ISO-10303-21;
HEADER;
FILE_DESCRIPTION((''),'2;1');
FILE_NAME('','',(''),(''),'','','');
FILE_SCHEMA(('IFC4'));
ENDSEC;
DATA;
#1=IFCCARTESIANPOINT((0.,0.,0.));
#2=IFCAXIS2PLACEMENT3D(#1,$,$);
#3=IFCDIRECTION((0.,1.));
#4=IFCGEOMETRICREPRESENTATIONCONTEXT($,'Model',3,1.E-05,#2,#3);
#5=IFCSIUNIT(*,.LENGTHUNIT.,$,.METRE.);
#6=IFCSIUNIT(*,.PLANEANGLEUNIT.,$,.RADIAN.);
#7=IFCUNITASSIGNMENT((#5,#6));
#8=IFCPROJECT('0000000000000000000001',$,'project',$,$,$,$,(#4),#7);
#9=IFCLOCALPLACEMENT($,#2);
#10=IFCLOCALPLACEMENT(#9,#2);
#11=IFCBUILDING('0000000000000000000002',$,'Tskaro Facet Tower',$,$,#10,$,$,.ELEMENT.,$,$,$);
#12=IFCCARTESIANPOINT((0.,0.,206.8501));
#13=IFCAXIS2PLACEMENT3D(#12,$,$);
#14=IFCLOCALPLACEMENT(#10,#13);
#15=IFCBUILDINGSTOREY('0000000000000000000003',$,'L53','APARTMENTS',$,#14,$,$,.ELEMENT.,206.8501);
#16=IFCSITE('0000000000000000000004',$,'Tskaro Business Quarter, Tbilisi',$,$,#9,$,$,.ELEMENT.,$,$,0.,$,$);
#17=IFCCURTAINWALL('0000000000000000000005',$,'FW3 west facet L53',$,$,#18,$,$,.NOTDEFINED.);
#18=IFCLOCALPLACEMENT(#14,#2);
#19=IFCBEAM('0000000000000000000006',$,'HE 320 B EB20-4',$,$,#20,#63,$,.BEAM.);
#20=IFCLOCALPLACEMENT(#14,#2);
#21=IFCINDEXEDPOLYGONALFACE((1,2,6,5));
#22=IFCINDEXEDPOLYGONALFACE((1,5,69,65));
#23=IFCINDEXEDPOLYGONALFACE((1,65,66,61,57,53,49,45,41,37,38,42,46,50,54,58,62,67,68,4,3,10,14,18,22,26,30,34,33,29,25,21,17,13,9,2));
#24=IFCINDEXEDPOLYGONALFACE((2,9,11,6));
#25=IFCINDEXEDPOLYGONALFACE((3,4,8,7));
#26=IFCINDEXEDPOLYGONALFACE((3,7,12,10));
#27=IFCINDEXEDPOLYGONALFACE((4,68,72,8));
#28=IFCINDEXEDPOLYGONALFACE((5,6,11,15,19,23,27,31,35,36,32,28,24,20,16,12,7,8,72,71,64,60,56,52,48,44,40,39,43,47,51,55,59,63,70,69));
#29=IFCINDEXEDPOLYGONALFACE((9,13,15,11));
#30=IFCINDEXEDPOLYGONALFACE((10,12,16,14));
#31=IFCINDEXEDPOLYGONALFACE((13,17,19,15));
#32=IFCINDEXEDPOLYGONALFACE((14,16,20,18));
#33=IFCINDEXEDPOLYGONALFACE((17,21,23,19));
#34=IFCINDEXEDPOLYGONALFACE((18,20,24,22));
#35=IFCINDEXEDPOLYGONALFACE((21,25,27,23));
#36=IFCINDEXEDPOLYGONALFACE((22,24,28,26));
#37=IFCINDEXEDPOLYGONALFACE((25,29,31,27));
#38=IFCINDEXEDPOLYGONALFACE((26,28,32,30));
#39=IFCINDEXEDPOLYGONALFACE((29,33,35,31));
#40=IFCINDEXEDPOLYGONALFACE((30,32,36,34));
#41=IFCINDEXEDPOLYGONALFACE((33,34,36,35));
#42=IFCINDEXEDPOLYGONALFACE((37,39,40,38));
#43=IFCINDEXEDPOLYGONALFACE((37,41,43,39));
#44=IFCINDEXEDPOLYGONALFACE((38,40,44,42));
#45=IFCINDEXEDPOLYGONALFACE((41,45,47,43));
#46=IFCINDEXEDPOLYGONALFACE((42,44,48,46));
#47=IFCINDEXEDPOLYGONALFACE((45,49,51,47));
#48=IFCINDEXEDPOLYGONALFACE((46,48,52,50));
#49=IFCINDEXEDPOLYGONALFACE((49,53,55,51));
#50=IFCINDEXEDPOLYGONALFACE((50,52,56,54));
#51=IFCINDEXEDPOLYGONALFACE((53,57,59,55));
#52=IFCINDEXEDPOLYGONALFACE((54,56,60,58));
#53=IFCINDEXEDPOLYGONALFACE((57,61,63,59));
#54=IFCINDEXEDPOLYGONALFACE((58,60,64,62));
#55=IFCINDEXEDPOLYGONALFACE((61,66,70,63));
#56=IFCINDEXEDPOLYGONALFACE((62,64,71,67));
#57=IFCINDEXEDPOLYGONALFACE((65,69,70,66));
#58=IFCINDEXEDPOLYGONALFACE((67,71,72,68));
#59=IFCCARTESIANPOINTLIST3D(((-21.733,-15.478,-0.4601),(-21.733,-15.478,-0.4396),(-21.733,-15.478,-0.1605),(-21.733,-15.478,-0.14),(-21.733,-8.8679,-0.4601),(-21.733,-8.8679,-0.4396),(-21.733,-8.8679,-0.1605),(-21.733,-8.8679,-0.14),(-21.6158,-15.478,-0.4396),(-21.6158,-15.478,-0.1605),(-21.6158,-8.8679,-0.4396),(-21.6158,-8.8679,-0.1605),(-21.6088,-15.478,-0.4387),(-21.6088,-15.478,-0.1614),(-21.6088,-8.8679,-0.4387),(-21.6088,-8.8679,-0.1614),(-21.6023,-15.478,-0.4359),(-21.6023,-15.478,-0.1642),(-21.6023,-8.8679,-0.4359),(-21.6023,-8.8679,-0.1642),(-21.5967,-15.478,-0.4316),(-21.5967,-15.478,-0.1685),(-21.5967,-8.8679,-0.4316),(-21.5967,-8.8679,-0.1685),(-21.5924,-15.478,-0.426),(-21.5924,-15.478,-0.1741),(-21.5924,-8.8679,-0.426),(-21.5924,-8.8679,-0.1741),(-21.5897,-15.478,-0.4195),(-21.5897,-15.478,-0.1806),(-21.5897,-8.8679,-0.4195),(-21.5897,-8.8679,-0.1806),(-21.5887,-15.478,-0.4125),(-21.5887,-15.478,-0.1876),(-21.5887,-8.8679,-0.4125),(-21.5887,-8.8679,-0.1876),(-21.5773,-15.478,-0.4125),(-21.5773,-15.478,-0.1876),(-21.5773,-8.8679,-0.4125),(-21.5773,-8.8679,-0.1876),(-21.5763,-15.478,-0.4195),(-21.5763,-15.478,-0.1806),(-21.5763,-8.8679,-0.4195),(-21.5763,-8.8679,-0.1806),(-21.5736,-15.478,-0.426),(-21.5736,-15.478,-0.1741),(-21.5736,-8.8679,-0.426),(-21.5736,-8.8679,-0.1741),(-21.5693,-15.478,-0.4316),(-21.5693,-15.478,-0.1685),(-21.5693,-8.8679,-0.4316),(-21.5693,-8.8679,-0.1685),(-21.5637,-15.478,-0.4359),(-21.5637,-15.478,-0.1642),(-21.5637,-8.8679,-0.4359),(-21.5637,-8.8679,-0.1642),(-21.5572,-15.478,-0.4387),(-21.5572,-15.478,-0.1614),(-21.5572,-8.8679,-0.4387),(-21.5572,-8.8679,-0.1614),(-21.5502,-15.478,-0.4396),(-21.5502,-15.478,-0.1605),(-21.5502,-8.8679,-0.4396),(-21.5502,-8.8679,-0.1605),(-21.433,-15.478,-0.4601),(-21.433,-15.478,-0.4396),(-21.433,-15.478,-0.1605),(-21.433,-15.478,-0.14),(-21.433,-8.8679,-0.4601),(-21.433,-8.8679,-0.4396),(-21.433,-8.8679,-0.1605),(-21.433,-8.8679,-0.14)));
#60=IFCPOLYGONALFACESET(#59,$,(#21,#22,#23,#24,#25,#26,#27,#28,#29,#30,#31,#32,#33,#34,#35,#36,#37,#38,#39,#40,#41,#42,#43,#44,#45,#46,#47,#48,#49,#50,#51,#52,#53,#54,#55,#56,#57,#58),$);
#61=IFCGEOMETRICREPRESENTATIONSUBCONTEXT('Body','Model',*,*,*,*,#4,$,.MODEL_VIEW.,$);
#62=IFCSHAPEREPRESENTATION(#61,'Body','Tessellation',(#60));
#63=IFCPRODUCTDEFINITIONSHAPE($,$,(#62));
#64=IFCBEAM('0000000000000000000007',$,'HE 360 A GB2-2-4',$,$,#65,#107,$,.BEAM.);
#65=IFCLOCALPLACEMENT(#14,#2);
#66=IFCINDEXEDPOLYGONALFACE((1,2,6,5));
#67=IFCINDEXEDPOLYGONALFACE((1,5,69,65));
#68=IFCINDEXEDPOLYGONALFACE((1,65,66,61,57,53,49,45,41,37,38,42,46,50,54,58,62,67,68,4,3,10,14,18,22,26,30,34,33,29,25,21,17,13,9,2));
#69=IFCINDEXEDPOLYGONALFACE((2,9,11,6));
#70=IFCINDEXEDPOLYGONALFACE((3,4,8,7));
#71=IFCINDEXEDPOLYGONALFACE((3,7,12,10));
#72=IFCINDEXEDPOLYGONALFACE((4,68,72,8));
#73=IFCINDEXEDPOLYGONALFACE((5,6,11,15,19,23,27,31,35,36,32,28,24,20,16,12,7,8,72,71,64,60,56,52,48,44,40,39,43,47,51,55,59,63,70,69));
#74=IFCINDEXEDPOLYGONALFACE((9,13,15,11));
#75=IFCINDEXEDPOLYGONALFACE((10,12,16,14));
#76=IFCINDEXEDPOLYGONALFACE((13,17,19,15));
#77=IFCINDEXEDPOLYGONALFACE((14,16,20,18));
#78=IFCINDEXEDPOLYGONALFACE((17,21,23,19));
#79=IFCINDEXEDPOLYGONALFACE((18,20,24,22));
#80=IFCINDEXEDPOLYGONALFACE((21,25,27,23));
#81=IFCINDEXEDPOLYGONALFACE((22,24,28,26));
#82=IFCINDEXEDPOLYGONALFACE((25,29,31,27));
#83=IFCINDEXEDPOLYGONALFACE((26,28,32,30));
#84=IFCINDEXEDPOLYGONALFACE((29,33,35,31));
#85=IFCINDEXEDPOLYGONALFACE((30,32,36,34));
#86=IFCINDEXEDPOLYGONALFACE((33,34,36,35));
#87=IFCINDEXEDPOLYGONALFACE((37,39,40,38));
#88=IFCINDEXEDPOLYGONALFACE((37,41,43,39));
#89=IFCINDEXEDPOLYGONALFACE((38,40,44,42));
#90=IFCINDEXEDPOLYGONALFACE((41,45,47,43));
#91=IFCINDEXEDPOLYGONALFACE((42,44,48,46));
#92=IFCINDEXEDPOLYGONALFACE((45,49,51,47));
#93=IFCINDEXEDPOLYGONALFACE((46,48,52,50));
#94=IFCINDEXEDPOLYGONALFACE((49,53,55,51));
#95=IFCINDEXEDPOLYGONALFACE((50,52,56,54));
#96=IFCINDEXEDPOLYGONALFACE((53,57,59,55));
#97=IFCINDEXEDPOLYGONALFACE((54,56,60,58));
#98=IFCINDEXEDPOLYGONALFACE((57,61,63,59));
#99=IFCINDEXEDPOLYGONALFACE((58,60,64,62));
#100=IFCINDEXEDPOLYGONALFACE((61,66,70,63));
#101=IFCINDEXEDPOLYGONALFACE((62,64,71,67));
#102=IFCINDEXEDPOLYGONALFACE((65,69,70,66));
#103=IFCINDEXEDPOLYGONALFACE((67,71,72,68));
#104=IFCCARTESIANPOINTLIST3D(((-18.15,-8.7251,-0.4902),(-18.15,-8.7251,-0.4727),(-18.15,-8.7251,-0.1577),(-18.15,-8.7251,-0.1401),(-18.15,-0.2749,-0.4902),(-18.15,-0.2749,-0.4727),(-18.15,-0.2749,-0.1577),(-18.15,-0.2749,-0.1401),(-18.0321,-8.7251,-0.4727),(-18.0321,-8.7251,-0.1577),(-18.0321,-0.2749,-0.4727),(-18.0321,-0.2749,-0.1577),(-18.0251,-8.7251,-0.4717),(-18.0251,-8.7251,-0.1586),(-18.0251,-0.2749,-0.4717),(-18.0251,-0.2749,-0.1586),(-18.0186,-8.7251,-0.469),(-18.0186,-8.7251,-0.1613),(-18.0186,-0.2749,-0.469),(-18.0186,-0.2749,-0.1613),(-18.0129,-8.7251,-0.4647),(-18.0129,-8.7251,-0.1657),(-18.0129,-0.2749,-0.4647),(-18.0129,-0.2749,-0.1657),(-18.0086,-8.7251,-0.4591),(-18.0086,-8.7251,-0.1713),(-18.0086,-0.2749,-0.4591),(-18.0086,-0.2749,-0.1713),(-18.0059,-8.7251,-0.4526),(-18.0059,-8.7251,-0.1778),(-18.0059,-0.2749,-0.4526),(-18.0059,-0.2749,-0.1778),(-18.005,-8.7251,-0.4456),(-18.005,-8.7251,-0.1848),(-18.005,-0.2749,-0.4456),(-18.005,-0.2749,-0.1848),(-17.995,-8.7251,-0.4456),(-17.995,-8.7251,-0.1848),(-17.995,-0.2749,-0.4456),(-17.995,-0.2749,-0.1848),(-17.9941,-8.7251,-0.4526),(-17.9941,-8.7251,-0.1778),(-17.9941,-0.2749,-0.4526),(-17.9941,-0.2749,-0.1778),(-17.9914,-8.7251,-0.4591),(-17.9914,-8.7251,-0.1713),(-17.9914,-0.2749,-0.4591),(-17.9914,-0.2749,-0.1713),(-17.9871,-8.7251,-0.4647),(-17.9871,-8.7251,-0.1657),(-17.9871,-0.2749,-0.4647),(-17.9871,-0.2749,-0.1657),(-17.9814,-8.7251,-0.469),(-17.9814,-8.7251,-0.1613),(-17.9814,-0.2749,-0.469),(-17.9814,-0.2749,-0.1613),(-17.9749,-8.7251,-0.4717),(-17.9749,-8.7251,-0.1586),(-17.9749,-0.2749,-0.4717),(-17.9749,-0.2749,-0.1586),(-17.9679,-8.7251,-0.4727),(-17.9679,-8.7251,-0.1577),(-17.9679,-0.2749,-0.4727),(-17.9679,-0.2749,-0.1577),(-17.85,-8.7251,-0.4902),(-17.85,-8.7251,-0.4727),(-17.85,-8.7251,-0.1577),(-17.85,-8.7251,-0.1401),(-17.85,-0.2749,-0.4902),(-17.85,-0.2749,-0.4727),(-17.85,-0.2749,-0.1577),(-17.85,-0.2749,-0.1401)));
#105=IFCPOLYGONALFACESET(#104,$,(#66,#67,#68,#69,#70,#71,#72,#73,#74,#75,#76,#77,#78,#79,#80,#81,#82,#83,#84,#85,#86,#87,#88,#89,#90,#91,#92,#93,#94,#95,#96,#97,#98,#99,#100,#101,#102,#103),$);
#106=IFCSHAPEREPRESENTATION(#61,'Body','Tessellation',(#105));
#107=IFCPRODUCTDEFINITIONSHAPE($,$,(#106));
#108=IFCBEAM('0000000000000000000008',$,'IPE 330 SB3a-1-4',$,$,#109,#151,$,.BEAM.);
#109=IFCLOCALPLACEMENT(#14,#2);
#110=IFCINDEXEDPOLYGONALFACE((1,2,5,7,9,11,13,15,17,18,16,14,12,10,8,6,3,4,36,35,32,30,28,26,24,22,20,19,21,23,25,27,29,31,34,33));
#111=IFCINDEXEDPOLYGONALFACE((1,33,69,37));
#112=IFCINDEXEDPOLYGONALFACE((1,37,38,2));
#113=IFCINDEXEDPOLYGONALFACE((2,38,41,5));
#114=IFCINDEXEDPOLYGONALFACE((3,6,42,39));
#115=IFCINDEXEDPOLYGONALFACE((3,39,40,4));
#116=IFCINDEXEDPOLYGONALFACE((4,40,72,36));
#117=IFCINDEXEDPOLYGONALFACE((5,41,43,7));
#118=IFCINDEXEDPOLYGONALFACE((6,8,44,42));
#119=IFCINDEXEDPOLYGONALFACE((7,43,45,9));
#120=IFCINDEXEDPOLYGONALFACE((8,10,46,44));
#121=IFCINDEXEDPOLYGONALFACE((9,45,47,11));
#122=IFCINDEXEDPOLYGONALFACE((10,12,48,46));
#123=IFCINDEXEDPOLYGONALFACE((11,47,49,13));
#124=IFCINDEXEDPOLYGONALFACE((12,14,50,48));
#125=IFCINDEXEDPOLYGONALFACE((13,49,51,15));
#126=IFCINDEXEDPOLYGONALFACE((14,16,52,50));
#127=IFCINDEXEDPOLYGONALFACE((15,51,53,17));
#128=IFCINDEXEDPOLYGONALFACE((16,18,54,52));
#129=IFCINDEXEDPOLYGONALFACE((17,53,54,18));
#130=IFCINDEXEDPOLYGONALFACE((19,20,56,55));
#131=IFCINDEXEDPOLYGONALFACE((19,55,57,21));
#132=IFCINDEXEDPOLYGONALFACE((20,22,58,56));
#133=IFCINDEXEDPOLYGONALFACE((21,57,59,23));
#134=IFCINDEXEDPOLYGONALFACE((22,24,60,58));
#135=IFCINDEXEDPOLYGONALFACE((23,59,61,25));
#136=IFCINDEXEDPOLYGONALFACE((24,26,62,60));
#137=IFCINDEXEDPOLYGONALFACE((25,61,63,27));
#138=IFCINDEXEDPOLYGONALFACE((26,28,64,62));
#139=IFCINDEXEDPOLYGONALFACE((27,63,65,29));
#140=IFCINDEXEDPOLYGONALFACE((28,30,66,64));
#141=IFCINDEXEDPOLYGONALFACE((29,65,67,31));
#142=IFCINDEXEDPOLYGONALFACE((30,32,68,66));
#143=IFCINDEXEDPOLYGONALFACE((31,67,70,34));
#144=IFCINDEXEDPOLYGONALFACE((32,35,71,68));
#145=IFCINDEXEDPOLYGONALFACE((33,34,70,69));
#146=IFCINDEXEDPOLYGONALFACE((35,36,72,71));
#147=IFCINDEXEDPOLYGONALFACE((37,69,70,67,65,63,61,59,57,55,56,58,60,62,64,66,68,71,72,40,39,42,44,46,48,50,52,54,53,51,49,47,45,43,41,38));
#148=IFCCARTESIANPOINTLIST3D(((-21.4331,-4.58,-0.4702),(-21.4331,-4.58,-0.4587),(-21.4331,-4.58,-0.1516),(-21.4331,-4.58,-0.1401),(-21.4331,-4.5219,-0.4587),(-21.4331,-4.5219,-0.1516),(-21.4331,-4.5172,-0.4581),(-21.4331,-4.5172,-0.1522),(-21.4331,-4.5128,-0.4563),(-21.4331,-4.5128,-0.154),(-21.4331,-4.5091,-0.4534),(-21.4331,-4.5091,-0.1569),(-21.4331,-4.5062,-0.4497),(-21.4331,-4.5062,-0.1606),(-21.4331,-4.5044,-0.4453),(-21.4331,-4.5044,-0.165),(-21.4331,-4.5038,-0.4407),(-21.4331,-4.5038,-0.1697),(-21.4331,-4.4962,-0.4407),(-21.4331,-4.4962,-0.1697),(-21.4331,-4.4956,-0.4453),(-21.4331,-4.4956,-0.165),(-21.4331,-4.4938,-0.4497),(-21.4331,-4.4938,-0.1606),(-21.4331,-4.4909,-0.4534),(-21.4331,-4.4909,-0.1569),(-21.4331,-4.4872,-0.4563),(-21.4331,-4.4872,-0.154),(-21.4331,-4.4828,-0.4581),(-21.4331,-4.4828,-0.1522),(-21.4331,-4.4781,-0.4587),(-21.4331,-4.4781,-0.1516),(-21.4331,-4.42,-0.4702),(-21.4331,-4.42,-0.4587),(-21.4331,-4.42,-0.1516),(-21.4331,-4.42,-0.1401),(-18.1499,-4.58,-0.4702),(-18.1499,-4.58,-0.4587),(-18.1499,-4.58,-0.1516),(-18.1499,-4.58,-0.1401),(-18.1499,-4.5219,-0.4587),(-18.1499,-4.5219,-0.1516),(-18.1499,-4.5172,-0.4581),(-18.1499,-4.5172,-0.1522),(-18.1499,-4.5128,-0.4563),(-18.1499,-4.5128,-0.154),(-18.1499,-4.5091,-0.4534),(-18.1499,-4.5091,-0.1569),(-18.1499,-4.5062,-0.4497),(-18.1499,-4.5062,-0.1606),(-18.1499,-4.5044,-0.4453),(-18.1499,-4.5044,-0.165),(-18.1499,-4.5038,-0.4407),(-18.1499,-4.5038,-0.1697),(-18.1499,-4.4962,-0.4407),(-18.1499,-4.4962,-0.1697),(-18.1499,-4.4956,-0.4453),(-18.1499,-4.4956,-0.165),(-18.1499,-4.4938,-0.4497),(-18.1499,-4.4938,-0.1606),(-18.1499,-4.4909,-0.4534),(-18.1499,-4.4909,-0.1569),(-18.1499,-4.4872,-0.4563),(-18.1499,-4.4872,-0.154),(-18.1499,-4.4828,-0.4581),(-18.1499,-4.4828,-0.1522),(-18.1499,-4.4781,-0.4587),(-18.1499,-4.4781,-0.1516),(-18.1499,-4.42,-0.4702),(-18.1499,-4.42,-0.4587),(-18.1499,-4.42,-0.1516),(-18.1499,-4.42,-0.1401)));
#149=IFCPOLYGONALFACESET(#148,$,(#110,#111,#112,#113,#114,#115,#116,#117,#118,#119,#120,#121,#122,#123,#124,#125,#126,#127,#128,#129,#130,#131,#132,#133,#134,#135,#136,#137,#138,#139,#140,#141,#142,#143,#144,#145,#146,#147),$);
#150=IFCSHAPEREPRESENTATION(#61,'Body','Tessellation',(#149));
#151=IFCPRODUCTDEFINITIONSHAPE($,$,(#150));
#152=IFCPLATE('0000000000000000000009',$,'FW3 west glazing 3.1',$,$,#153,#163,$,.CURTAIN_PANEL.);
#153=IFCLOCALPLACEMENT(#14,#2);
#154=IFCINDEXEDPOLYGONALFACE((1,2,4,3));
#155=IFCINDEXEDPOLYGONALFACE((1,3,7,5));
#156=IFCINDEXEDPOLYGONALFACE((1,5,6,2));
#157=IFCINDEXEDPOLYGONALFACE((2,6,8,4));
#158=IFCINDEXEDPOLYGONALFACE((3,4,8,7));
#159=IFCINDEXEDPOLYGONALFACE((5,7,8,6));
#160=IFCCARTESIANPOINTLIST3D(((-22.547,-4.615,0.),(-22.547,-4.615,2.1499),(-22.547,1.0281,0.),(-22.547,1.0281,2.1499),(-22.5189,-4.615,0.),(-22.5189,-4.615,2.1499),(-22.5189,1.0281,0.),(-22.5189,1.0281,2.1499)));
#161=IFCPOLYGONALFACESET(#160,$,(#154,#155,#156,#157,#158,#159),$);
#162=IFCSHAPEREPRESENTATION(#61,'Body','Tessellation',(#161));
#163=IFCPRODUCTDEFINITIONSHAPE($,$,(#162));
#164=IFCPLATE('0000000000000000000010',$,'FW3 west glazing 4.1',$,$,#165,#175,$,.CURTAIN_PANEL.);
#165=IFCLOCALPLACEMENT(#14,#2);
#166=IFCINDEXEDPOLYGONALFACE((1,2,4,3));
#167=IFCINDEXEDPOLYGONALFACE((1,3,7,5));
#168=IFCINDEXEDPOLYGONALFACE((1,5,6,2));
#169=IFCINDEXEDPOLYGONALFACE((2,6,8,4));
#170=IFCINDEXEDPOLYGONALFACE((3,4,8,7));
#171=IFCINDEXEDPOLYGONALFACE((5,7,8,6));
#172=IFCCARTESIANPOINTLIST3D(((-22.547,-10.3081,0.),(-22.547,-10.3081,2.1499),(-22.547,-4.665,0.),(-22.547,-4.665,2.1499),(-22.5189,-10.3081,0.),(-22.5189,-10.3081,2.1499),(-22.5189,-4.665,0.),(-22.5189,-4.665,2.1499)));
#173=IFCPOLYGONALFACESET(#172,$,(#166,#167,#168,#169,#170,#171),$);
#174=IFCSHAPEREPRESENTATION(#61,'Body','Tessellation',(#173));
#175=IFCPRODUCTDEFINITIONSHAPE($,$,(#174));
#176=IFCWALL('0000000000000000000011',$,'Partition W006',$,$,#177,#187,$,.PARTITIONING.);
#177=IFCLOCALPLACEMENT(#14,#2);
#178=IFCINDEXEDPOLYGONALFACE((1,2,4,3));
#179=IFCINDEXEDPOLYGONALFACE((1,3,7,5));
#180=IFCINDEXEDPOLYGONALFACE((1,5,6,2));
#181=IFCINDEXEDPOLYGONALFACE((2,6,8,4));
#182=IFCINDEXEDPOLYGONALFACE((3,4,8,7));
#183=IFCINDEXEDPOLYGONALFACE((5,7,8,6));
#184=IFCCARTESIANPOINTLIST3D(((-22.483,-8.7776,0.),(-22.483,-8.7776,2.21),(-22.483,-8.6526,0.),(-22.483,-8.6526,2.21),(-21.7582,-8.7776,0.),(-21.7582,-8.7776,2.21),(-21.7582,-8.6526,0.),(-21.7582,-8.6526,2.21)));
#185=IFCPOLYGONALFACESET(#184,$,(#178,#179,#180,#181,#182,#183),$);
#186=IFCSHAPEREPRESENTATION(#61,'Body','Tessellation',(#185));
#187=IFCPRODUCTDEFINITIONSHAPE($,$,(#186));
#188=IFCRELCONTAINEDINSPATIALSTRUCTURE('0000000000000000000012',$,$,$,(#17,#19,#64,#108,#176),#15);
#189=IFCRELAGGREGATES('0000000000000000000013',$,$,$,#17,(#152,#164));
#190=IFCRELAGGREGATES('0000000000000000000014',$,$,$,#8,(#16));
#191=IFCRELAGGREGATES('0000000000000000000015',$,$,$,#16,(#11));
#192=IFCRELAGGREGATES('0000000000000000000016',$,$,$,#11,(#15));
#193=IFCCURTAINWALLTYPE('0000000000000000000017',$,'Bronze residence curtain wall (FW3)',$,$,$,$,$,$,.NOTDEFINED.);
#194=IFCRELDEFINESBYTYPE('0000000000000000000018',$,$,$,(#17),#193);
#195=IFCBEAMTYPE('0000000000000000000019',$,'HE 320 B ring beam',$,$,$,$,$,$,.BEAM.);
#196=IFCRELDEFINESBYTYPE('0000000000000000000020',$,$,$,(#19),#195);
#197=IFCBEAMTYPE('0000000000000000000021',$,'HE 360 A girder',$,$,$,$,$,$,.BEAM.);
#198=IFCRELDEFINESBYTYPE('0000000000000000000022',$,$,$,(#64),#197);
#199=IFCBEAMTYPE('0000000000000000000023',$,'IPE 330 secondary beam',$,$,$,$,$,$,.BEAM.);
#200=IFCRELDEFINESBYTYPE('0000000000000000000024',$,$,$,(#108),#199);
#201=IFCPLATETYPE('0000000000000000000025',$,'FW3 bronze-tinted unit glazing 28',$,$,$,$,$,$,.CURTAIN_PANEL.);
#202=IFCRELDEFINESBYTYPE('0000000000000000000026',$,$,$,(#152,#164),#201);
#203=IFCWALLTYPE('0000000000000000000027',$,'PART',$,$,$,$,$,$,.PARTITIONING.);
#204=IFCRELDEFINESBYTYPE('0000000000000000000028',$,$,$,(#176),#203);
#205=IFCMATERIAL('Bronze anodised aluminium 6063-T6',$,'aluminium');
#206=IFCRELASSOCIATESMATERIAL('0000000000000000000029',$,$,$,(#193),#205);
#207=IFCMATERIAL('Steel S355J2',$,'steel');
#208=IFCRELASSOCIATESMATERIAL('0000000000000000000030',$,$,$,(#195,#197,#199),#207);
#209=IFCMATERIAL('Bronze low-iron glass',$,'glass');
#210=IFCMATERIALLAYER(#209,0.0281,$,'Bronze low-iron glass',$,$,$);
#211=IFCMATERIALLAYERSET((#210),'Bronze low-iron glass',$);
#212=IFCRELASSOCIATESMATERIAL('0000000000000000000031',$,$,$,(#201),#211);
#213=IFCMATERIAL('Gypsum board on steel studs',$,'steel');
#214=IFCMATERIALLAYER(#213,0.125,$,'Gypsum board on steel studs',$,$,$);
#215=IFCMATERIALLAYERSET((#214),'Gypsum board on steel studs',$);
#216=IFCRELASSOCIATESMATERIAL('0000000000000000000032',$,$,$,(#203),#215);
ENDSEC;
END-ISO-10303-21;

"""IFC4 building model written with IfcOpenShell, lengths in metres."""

from ifc_helpers import new_model, si_unit, direction, frame, frame_2d, origin, origin_2d, place, context, subcontext, project, spatial, rectangle, i_section, extrude, material, layer, layer_set, material_profile, profile_set, type_object, element, aggregate, save


model = new_model("IFC4")

# Units and contexts
model_context = context("Model", 3, precision=1e-05, world=origin(), true_north=direction((0.0, 1.0)))
body_context = subcontext(model_context, "Body", "Model", "MODEL_VIEW")
ifc_project = project(units=[si_unit("LENGTHUNIT", "METRE"), si_unit("PLANEANGLEUNIT", "RADIAN")], contexts=[model_context])

# Site, building, storey
site_placement = place(None, origin())
site = spatial("IfcSite", under=ifc_project, at=site_placement, Name="Tskaro Business Quarter, Tbilisi", CompositionType="ELEMENT", RefElevation=0.0)
building_placement = place(site_placement, origin())
building = spatial("IfcBuilding", under=site, at=building_placement, Name="Tskaro Facet Tower", CompositionType="ELEMENT")
storey_placement = place(building_placement, frame((0.0, 0.0, 206.8501)))
storey = spatial("IfcBuildingStorey", under=building, at=storey_placement, Name="L53", Description="APARTMENTS", CompositionType="ELEMENT", Elevation=206.8501)

# Curtain wall
ifc_material_1 = material(Name="Bronze anodised aluminium 6063-T6", Category="aluminium")
curtain_wall_type = type_object("IfcCurtainWallType", Name="Bronze residence curtain wall (FW3)", PredefinedType="NOTDEFINED", material=ifc_material_1)
curtain_wall_placement = place(storey_placement, origin())
curtain_wall = element("IfcCurtainWall", 1, at=curtain_wall_placement, inside=storey, type_object=curtain_wall_type, Name="FW3 west facet L53", PredefinedType="NOTDEFINED")

# Beams
ifc_material_2 = material(Name="Steel S355J2", Category="steel")
ifc_material_profile_1 = material_profile(ifc_material_2, i_section(OverallWidth=0.3, OverallDepth=0.3201, WebThickness=0.0115, FlangeThickness=0.0205, FilletRadius=0.0271, at=origin_2d()), Name="HE 320 B")
ifc_profile_set_1 = profile_set([ifc_material_profile_1], Name="Steel S355J2")
beam_type_1 = type_object("IfcBeamType", Name="HE 320 B ring beam", PredefinedType="BEAM", material=ifc_profile_set_1)
for number, where, z_axis, x_axis, name in (
    (2, (-21.583, -8.8679, -0.3), (0.0, -1.0, 0.0), (1.0, 0.0, 0.0), "HE 320 B EB20-4"),
):
    element("IfcBeam", number, at=place(storey_placement, frame(where, z_axis=z_axis, x_axis=x_axis)), inside=storey, type_object=beam_type_1, Name=name, PredefinedType="BEAM", context=body_context, shape_type="SweptSolid", body=[
        extrude(i_section(OverallWidth=0.3, OverallDepth=0.3201, WebThickness=0.0115, FlangeThickness=0.0205, FilletRadius=0.0271, at=origin_2d()), origin(), (0.0, 0.0, 1.0), 6.6101),
    ])
ifc_material_profile_2 = material_profile(ifc_material_2, i_section(OverallWidth=0.3, OverallDepth=0.3501, WebThickness=0.01, FlangeThickness=0.0176, FilletRadius=0.0271, at=origin_2d()), Name="HE 360 A")
ifc_profile_set_2 = profile_set([ifc_material_profile_2], Name="Steel S355J2")
beam_type_2 = type_object("IfcBeamType", Name="HE 360 A girder", PredefinedType="BEAM", material=ifc_profile_set_2)
beam_1_placement = place(storey_placement, frame((-18.0, -8.7251, -0.3152), z_axis=(0.0, 1.0, 0.0), x_axis=(-1.0, 0.0, 0.0)))
element("IfcBeam", 3, at=beam_1_placement, inside=storey, type_object=beam_type_2, Name="HE 360 A GB2-2-4", PredefinedType="BEAM", context=body_context, shape_type="SweptSolid", body=[
    extrude(i_section(OverallWidth=0.3, OverallDepth=0.3501, WebThickness=0.01, FlangeThickness=0.0176, FilletRadius=0.0271, at=origin_2d()), origin(), (0.0, 0.0, 1.0), 8.4502),
])
ifc_material_profile_3 = material_profile(ifc_material_2, i_section(OverallWidth=0.1599, OverallDepth=0.3301, WebThickness=0.0076, FlangeThickness=0.0115, FilletRadius=0.0181, at=origin_2d()), Name="IPE 330")
ifc_profile_set_3 = profile_set([ifc_material_profile_3], Name="Steel S355J2")
beam_type_3 = type_object("IfcBeamType", Name="IPE 330 secondary beam", PredefinedType="BEAM", material=ifc_profile_set_3)
beam_2_placement = place(storey_placement, frame((-21.4331, -4.5, -0.3052), z_axis=(1.0, 0.0, 0.0), x_axis=(0.0, 1.0, 0.0)))
element("IfcBeam", 4, at=beam_2_placement, inside=storey, type_object=beam_type_3, Name="IPE 330 SB3a-1-4", PredefinedType="BEAM", context=body_context, shape_type="SweptSolid", body=[
    extrude(i_section(OverallWidth=0.1599, OverallDepth=0.3301, WebThickness=0.0076, FlangeThickness=0.0115, FilletRadius=0.0181, at=origin_2d()), origin(), (0.0, 0.0, 1.0), 3.2832),
])

# Plates
ifc_material_3 = material(Name="Bronze low-iron glass", Category="glass")
ifc_layer_1 = layer(ifc_material_3, 0.0281, Name="Bronze low-iron glass")
ifc_layer_set_1 = layer_set([ifc_layer_1], Name="Bronze low-iron glass")
plate_type = type_object("IfcPlateType", Name="FW3 bronze-tinted unit glazing 28", PredefinedType="CURTAIN_PANEL", material=ifc_layer_set_1)
plate_1_placement = place(storey_placement, frame((-22.533, -1.7935, 0.0), z_axis=(0.0, 0.0, 1.0), x_axis=(0.0, -1.0, 0.0)))
plate_1 = element("IfcPlate", 5, at=plate_1_placement, type_object=plate_type, Name="FW3 west glazing 3.1", PredefinedType="CURTAIN_PANEL", context=body_context, shape_type="SweptSolid", body=[
    extrude(rectangle(XDim=5.6431, YDim=0.0281, at=origin_2d()), origin(), (0.0, 0.0, 1.0), 2.1499),
])
plate_2_placement = place(storey_placement, frame((-22.533, -7.4866, 0.0), z_axis=(0.0, 0.0, 1.0), x_axis=(0.0, -1.0, 0.0)))
plate_2 = element("IfcPlate", 6, at=plate_2_placement, type_object=plate_type, Name="FW3 west glazing 4.1", PredefinedType="CURTAIN_PANEL", context=body_context, shape_type="SweptSolid", body=[
    extrude(rectangle(XDim=5.6431, YDim=0.0281, at=origin_2d()), origin(), (0.0, 0.0, 1.0), 2.1499),
])
aggregate(curtain_wall, [plate_1, plate_2])

# Wall
ifc_material_4 = material(Name="Gypsum board on steel studs", Category="steel")
ifc_layer_2 = layer(ifc_material_4, 0.125, Name="Gypsum board on steel studs")
ifc_layer_set_2 = layer_set([ifc_layer_2], Name="Gypsum board on steel studs")
wall_type_1 = type_object("IfcWallType", Name="PART", PredefinedType="PARTITIONING", material=ifc_layer_set_2)
wall_1_placement = place(storey_placement, frame((-22.4829, -8.7151, 0.0), z_axis=(0.0, 0.0, 1.0), x_axis=(1.0, 0.0, 0.0)))
element("IfcWall", 7, at=wall_1_placement, inside=storey, type_object=wall_type_1, Name="Partition W006", PredefinedType="PARTITIONING", context=body_context, shape_type="SweptSolid", body=[
    extrude(rectangle(XDim=0.7249, YDim=0.125, at=frame_2d((0.3623, 0.0))), origin(), (0.0, 0.0, 1.0), 2.21),
])

save(model, "model.ifc")
